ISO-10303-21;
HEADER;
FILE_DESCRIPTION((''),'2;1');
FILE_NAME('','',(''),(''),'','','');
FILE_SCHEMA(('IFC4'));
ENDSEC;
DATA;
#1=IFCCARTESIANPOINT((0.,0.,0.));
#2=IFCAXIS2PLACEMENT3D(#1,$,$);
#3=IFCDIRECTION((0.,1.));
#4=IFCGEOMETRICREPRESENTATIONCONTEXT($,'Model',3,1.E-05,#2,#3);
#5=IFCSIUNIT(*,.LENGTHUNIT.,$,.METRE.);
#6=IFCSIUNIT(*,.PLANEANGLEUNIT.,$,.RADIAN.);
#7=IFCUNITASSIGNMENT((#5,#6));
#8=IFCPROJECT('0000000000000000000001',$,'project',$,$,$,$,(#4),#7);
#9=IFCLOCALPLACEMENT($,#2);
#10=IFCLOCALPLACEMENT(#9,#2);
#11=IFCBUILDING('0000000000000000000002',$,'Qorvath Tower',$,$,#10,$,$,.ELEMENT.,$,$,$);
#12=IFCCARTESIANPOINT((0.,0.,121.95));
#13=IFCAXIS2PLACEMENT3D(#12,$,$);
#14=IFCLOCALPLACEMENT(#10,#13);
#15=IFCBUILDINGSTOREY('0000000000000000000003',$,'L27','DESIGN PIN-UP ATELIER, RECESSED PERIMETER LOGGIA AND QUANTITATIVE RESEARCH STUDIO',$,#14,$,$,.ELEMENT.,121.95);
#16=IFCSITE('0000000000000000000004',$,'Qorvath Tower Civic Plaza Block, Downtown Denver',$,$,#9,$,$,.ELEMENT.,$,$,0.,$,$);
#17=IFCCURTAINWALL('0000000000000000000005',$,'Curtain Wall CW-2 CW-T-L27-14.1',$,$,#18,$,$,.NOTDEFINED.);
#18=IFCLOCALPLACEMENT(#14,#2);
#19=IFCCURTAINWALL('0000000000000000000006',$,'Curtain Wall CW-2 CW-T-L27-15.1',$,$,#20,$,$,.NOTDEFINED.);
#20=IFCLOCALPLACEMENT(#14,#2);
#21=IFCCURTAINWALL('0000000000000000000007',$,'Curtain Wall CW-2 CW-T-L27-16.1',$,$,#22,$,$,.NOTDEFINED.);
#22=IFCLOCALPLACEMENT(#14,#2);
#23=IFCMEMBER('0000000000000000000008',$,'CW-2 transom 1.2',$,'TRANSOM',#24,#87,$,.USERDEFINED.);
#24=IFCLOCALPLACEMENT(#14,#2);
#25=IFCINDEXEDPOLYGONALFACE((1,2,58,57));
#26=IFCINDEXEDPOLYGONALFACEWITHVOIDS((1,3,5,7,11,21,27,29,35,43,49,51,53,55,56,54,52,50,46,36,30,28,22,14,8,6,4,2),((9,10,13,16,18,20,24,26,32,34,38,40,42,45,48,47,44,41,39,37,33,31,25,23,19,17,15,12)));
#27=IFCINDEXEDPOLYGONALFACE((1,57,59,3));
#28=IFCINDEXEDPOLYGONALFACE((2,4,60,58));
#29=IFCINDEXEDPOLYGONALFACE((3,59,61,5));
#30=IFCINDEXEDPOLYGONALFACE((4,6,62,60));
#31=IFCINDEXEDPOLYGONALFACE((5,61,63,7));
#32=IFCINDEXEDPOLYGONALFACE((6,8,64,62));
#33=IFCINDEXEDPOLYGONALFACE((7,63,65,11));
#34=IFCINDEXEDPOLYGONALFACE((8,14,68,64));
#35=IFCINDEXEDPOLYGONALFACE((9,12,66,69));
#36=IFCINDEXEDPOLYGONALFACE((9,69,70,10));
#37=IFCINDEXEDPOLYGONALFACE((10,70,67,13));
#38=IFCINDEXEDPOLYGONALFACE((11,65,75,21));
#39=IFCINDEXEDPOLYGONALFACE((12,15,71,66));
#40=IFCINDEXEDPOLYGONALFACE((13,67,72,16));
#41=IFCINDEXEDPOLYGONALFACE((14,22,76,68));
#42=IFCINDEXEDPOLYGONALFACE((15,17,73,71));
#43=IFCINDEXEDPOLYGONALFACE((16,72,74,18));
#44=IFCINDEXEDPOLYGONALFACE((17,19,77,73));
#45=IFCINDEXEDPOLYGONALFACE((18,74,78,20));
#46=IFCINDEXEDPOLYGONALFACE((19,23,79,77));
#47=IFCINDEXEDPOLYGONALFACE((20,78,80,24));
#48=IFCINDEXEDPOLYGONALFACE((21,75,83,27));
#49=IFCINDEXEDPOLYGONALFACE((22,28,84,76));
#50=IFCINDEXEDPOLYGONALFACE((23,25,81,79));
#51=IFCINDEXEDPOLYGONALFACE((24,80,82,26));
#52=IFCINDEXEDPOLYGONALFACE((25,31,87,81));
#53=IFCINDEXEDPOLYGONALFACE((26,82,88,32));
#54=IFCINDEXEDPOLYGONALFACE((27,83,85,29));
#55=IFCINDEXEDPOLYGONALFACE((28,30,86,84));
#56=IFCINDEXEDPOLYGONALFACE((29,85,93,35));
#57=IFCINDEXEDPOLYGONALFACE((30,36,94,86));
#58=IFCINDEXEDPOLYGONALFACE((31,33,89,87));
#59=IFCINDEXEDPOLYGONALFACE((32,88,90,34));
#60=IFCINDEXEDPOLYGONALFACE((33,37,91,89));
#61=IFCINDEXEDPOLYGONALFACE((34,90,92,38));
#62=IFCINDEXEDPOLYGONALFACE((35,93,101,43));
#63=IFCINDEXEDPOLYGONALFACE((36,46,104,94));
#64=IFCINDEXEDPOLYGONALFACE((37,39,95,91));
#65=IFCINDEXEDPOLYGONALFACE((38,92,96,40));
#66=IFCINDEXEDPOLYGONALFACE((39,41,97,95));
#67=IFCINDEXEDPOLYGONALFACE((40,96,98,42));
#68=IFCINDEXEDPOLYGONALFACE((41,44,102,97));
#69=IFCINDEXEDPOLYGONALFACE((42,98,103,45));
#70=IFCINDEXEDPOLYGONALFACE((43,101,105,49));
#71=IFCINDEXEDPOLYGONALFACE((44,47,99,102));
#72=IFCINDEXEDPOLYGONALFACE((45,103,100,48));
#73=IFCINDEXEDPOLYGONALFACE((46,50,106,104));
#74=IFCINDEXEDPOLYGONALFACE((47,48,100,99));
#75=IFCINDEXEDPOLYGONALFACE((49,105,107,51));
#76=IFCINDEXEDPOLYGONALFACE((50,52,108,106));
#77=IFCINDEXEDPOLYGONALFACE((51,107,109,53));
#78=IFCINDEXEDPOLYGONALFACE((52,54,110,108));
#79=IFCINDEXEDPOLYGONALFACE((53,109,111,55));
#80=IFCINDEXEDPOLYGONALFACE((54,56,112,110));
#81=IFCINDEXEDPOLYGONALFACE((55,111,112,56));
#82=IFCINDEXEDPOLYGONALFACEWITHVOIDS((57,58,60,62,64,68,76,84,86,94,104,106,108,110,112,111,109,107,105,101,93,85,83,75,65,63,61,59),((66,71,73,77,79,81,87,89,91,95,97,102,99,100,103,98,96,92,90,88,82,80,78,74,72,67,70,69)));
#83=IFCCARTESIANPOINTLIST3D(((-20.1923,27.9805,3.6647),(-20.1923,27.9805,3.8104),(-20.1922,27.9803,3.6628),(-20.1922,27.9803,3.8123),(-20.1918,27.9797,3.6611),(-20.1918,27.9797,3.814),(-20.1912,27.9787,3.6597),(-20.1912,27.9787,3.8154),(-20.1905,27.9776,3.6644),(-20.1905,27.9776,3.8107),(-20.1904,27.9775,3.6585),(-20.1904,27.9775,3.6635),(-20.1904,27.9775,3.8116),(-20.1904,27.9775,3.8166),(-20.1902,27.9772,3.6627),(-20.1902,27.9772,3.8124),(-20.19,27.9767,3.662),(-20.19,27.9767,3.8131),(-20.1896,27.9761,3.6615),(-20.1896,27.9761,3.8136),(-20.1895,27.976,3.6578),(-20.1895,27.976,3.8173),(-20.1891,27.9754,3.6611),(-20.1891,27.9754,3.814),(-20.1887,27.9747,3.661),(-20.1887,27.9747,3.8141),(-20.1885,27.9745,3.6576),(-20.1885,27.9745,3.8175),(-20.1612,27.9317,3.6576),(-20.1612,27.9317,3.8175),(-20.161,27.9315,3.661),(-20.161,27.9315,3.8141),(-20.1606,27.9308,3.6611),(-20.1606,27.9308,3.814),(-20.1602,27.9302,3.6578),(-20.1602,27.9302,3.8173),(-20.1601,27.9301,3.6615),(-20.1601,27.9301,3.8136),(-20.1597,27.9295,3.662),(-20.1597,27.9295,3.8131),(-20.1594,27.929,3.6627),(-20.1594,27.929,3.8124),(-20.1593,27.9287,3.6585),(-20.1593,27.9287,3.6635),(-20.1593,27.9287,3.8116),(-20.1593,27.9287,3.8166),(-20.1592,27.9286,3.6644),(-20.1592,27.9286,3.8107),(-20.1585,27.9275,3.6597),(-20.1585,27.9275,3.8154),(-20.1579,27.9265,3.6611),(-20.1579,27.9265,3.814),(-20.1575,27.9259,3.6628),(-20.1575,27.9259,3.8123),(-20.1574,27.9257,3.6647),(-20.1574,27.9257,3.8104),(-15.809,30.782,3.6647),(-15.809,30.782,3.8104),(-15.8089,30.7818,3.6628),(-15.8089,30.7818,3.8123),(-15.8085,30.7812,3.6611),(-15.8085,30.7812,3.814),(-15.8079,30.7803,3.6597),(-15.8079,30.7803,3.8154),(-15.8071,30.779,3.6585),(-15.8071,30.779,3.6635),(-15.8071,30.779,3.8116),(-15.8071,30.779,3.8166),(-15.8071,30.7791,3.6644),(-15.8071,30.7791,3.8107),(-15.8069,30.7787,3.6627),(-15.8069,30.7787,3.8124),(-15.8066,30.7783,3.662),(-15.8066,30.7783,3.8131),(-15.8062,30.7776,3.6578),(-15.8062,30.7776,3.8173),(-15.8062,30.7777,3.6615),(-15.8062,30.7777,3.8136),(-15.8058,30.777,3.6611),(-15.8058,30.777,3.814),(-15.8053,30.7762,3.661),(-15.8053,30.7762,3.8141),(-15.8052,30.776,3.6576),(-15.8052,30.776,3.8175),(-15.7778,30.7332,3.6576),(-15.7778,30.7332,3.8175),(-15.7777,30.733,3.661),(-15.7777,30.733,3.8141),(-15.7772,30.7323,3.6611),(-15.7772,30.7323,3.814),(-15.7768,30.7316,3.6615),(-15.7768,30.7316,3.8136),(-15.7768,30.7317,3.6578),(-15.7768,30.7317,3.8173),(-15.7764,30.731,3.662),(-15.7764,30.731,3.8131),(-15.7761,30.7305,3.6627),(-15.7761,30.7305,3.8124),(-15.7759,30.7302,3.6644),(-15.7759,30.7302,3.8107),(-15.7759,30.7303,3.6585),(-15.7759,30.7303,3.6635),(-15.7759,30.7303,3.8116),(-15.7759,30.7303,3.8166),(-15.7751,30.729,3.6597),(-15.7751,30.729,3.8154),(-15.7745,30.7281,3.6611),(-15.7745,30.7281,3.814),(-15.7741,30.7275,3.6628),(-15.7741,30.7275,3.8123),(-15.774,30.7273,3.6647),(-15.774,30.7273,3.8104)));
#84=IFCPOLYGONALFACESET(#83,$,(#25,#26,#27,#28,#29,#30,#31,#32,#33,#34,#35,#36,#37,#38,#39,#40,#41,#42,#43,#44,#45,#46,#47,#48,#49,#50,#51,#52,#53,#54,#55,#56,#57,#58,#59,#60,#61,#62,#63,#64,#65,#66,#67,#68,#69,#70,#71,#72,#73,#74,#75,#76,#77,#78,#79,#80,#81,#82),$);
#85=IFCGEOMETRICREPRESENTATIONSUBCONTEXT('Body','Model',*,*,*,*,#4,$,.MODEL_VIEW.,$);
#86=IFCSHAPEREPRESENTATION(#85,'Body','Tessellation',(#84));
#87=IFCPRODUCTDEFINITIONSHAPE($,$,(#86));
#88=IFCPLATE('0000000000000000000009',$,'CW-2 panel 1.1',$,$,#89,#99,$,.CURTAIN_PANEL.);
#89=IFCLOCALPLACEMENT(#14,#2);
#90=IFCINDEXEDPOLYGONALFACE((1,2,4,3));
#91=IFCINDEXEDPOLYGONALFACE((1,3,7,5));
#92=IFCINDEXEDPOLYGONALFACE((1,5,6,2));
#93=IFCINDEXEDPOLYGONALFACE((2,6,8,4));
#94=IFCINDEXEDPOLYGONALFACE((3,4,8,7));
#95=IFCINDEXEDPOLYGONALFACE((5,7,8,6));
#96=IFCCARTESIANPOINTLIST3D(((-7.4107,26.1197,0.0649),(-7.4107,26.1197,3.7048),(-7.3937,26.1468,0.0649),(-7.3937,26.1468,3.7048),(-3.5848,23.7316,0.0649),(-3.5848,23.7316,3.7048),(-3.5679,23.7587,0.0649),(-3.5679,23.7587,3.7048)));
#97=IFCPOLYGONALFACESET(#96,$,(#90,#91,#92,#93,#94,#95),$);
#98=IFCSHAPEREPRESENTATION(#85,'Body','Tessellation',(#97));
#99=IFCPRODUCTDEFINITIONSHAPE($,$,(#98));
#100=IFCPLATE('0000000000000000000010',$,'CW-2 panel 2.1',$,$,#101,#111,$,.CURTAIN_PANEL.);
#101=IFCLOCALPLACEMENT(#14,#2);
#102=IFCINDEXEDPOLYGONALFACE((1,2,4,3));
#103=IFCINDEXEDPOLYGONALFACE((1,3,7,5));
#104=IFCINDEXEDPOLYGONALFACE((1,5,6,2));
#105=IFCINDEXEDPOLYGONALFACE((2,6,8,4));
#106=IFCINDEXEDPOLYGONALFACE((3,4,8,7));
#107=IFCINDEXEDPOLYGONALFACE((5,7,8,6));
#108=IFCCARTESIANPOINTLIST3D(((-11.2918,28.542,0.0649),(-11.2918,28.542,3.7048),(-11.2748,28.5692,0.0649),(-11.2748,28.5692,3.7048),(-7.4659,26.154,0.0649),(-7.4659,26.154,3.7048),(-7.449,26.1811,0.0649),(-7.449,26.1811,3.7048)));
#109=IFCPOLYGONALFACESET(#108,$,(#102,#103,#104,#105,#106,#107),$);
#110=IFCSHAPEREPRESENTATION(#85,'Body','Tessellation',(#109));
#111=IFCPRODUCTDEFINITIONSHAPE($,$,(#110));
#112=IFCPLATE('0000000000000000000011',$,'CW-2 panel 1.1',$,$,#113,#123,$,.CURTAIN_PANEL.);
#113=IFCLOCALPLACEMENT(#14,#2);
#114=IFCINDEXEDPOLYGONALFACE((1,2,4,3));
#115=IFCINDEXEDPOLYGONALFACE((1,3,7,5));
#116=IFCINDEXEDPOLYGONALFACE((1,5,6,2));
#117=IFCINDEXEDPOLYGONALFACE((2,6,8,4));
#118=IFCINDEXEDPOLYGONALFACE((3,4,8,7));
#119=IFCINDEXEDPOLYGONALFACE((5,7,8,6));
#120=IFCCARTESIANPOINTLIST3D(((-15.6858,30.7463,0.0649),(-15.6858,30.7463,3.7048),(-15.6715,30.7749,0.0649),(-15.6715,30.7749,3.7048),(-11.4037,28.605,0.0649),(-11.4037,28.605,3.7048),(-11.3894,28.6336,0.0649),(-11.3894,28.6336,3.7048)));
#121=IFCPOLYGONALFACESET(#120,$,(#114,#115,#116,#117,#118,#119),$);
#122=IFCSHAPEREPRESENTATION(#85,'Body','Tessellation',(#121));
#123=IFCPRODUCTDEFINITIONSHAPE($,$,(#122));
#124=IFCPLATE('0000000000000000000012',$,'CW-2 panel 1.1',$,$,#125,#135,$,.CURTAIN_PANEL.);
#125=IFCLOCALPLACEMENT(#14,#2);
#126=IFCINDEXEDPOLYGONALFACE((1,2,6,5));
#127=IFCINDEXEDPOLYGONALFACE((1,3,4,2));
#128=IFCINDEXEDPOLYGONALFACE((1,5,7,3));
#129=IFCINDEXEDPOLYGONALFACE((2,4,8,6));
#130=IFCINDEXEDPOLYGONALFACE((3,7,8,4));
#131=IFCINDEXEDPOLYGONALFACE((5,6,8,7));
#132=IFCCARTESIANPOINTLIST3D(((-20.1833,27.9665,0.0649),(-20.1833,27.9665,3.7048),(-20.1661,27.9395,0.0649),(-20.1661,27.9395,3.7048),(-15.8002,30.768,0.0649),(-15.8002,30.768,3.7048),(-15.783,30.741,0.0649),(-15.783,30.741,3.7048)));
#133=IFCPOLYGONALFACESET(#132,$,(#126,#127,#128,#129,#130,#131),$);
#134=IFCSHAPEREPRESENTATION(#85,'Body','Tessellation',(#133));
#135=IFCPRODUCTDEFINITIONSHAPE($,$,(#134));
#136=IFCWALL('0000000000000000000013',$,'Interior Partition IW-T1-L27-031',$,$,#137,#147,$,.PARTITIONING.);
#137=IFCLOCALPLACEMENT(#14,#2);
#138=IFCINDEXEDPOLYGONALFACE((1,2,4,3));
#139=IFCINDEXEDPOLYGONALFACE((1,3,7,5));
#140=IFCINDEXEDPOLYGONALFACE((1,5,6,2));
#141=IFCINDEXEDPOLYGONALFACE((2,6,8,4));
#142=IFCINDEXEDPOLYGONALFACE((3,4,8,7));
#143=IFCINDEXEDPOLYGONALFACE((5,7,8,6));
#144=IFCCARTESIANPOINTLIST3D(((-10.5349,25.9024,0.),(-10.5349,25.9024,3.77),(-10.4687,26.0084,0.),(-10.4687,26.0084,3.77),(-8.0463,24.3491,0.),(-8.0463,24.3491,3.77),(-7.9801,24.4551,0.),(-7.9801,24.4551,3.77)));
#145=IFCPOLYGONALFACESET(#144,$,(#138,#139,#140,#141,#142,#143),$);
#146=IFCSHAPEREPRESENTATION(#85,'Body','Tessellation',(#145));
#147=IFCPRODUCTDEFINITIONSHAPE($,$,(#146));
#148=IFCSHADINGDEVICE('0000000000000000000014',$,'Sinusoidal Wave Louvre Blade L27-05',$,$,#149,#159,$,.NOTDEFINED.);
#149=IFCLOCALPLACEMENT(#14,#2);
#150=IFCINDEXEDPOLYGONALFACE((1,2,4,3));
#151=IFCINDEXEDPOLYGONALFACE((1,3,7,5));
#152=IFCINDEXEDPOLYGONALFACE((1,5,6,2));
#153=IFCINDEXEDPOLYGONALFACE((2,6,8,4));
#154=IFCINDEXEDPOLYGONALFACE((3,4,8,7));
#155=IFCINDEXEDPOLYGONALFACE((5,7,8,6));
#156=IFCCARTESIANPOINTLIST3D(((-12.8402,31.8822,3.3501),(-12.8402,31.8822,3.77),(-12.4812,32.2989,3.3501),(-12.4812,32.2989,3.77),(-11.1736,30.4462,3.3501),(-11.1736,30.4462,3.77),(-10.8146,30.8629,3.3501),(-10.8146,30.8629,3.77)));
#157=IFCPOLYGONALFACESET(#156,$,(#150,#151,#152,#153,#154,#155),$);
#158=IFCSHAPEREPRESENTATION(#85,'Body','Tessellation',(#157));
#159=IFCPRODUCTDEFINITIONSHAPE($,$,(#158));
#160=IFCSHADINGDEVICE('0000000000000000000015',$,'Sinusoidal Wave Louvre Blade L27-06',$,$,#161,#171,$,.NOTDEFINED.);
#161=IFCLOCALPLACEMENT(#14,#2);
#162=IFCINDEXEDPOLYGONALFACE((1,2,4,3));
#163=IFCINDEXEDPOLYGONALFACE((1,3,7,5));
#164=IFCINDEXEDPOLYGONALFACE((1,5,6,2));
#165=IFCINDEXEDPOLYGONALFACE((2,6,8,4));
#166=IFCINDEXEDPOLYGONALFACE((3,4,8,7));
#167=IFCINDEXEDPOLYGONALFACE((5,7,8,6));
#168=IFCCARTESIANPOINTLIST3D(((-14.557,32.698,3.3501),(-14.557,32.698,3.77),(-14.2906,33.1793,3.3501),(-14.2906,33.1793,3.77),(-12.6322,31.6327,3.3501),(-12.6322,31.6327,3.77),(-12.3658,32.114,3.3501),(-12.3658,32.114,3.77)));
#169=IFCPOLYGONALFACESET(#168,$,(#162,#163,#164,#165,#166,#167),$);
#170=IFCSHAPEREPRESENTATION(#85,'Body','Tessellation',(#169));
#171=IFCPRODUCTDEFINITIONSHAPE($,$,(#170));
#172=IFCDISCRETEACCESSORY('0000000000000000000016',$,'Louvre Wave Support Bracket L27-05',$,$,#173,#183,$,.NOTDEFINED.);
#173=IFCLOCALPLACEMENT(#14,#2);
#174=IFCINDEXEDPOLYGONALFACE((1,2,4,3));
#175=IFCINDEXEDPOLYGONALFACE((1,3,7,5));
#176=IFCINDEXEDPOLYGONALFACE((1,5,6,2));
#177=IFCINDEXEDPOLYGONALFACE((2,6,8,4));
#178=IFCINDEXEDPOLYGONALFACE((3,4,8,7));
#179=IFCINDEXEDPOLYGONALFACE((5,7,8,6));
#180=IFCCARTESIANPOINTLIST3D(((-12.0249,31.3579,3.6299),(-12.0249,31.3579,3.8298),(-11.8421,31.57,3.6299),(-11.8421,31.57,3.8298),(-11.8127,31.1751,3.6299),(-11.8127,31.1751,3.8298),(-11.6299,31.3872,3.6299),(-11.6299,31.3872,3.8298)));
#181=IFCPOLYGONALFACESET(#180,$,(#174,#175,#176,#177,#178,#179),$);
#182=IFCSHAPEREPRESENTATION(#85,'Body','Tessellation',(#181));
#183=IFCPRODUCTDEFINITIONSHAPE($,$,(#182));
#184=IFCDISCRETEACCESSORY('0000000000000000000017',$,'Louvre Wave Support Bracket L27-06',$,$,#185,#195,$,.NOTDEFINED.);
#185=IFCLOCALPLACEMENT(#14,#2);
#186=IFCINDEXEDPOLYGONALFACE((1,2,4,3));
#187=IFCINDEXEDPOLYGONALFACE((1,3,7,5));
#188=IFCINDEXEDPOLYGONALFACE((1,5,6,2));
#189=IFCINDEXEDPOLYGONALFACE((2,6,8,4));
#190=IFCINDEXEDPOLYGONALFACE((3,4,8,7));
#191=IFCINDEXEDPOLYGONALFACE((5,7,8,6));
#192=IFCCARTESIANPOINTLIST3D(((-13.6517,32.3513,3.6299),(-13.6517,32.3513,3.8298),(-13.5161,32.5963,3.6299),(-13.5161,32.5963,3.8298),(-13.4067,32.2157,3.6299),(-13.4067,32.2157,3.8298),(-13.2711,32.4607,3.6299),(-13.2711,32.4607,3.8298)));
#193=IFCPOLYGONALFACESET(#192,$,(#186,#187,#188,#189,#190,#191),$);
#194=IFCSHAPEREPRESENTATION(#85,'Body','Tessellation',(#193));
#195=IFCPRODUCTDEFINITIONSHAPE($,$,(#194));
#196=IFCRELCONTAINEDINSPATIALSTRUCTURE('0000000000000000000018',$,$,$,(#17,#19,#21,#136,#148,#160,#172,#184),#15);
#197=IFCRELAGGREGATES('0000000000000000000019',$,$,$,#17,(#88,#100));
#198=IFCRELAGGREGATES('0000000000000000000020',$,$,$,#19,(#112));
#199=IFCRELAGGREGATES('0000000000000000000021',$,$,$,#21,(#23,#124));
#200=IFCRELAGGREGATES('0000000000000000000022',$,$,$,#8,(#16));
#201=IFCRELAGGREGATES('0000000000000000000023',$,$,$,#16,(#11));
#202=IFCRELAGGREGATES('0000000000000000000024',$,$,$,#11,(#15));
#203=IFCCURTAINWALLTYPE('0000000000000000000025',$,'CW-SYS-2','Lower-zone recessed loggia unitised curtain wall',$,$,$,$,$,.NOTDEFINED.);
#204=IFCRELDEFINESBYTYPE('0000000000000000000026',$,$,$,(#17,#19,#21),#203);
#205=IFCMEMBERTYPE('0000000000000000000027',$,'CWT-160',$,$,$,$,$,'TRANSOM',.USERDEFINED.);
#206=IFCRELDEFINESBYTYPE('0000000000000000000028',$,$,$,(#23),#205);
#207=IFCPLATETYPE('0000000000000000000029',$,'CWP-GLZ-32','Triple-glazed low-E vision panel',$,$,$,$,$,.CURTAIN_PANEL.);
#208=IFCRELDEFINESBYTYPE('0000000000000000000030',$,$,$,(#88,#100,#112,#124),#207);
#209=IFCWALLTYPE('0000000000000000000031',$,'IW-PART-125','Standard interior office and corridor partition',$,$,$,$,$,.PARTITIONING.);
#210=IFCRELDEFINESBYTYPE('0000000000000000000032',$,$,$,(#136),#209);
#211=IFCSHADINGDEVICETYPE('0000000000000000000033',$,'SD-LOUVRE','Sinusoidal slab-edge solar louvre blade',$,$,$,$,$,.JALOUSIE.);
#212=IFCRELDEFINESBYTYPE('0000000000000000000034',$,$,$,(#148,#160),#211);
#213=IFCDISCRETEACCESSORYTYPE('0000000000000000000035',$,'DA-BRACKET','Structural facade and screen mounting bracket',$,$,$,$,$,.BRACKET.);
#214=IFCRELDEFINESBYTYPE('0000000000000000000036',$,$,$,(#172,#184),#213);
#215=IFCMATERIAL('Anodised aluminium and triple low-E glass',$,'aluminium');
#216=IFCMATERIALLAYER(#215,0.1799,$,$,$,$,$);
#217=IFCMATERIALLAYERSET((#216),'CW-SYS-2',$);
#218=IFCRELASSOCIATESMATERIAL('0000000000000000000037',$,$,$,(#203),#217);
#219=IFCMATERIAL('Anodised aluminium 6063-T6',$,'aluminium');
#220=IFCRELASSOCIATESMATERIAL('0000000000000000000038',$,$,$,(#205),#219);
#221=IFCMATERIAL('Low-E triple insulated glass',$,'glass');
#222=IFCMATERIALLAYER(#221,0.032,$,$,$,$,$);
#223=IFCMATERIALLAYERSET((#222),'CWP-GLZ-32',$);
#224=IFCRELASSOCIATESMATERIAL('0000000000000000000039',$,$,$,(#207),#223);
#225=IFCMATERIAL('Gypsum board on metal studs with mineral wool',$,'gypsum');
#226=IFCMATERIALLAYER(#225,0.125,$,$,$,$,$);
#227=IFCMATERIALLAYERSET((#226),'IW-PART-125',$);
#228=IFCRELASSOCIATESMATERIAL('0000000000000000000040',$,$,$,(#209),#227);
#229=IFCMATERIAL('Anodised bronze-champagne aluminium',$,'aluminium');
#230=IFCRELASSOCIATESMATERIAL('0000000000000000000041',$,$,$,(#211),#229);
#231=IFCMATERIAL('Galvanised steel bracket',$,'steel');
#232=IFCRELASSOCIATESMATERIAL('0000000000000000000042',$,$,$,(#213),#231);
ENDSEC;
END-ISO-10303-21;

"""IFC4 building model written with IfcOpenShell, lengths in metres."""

from ifc_helpers import new_model, si_unit, direction, frame, frame_2d, origin, origin_2d, place, context, subcontext, project, spatial, rectangle, hollow_rectangle, extrude, material, layer, layer_set, material_profile, profile_set, type_object, element, aggregate, save


model = new_model("IFC4")

# Units and contexts
model_context = context("Model", 3, precision=1e-05, world=origin(), true_north=direction((0.0, 1.0)))
body_context = subcontext(model_context, "Body", "Model", "MODEL_VIEW")
ifc_project = project(units=[si_unit("LENGTHUNIT", "METRE"), si_unit("PLANEANGLEUNIT", "RADIAN")], contexts=[model_context])

# Site, building, storey
site_placement = place(None, origin())
site = spatial("IfcSite", under=ifc_project, at=site_placement, Name="Qorvath Tower Civic Plaza Block, Downtown Denver", CompositionType="ELEMENT", RefElevation=0.0)
building_placement = place(site_placement, origin())
building = spatial("IfcBuilding", under=site, at=building_placement, Name="Qorvath Tower", CompositionType="ELEMENT")
storey_placement = place(building_placement, frame((0.0, 0.0, 121.95)))
storey = spatial("IfcBuildingStorey", under=building, at=storey_placement, Name="L27", Description="DESIGN PIN-UP ATELIER, RECESSED PERIMETER LOGGIA AND QUANTITATIVE RESEARCH STUDIO", CompositionType="ELEMENT", Elevation=121.95)

# Shared definitions
ifc_material_1 = material(Name="Anodised aluminium and triple low-E glass", Category="aluminium")
ifc_layer_1 = layer(ifc_material_1, 0.1799)
ifc_layer_set_1 = layer_set([ifc_layer_1], Name="CW-SYS-2")
curtain_wall_type = type_object("IfcCurtainWallType", Name="CW-SYS-2", Description="Lower-zone recessed loggia unitised curtain wall", PredefinedType="NOTDEFINED", material=ifc_layer_set_1)

# Curtain walls
curtain_wall_1_placement = place(storey_placement, origin())
curtain_wall_1 = element("IfcCurtainWall", 1, at=curtain_wall_1_placement, inside=storey, type_object=curtain_wall_type, Name="Curtain Wall CW-2 CW-T-L27-14.1", PredefinedType="NOTDEFINED")
curtain_wall_2_placement = place(storey_placement, origin())
curtain_wall_2 = element("IfcCurtainWall", 2, at=curtain_wall_2_placement, inside=storey, type_object=curtain_wall_type, Name="Curtain Wall CW-2 CW-T-L27-15.1", PredefinedType="NOTDEFINED")

# Curtain wall
curtain_wall_3_placement = place(storey_placement, origin())
curtain_wall_3 = element("IfcCurtainWall", 3, at=curtain_wall_3_placement, inside=storey, type_object=curtain_wall_type, Name="Curtain Wall CW-2 CW-T-L27-16.1", PredefinedType="NOTDEFINED")

# Member
ifc_material_2 = material(Name="Anodised aluminium 6063-T6", Category="aluminium")
ifc_material_profile_1 = material_profile(ifc_material_2, hollow_rectangle(XDim=0.0649, YDim=0.1599, WallThickness=0.0034, InnerFilletRadius=0.0034, OuterFilletRadius=0.0071, at=origin_2d()), Name="CWT 160x65")
ifc_profile_set_1 = profile_set([ifc_material_profile_1], Name="Anodised aluminium 6063-T6")
member_type_1 = type_object("IfcMemberType", Name="CWT-160", ElementType="TRANSOM", PredefinedType="USERDEFINED", material=ifc_profile_set_1)
member_1_placement = place(storey_placement, frame((-15.7915, 30.7546, 3.7375), z_axis=(-0.842603, -0.538536, 0.0), x_axis=(0.538536, -0.842603, 0.0)))
member_1 = element("IfcMember", 4, at=member_1_placement, type_object=member_type_1, Name="CW-2 transom 1.2", ObjectType="TRANSOM", PredefinedType="USERDEFINED", context=body_context, shape_type="SweptSolid", body=[
    extrude(hollow_rectangle(XDim=0.0649, YDim=0.1599, WallThickness=0.0034, InnerFilletRadius=0.0034, OuterFilletRadius=0.0071, at=origin_2d()), origin(), (0.0, 0.0, 1.0), 5.2021),
])

# Plates
ifc_material_3 = material(Name="Low-E triple insulated glass", Category="glass")
ifc_layer_2 = layer(ifc_material_3, 0.032)
ifc_layer_set_2 = layer_set([ifc_layer_2], Name="CWP-GLZ-32")
plate_type = type_object("IfcPlateType", Name="CWP-GLZ-32", Description="Triple-glazed low-E vision panel", PredefinedType="CURTAIN_PANEL", material=ifc_layer_set_2)
plate_1_placement = place(storey_placement, frame((-5.4893, 24.9392, 0.0649), z_axis=(0.0, 0.0, 1.0), x_axis=(-0.848308, 0.529503, 0.0)))
plate_1 = element("IfcPlate", 5, at=plate_1_placement, type_object=plate_type, Name="CW-2 panel 1.1", PredefinedType="CURTAIN_PANEL", context=body_context, shape_type="SweptSolid", body=[
    extrude(rectangle(XDim=4.51, YDim=0.032, at=origin_2d()), origin(), (0.0, 0.0, 1.0), 3.6399),
])
plate_2_placement = place(storey_placement, frame((-9.3704, 27.3616, 0.0649), z_axis=(0.0, 0.0, 1.0), x_axis=(-0.848308, 0.529503, 0.0)))
plate_2 = element("IfcPlate", 6, at=plate_2_placement, type_object=plate_type, Name="CW-2 panel 2.1", PredefinedType="CURTAIN_PANEL", context=body_context, shape_type="SweptSolid", body=[
    extrude(rectangle(XDim=4.51, YDim=0.032, at=origin_2d()), origin(), (0.0, 0.0, 1.0), 3.6399),
])
aggregate(curtain_wall_1, [plate_1, plate_2])
plate_3_placement = place(storey_placement, frame((-13.5376, 29.6899, 0.0649), z_axis=(0.0, 0.0, 1.0), x_axis=(-0.894403, 0.447262, 0.0)))
plate_3 = element("IfcPlate", 7, at=plate_3_placement, type_object=plate_type, Name="CW-2 panel 1.1", PredefinedType="CURTAIN_PANEL", context=body_context, shape_type="SweptSolid", body=[
    extrude(rectangle(XDim=4.7876, YDim=0.032, at=origin_2d()), origin(), (0.0, 0.0, 1.0), 3.6399),
])
aggregate(curtain_wall_2, [plate_3])
plate_4_placement = place(storey_placement, frame((-17.9832, 29.3538, 0.0649), z_axis=(0.0, 0.0, 1.0), x_axis=(-0.842595, -0.538548, 0.0)))
plate_4 = element("IfcPlate", 8, at=plate_4_placement, type_object=plate_type, Name="CW-2 panel 1.1", PredefinedType="CURTAIN_PANEL", context=body_context, shape_type="SweptSolid", body=[
    extrude(rectangle(XDim=5.2019, YDim=0.032, at=origin_2d()), origin(), (0.0, 0.0, 1.0), 3.6399),
])
aggregate(curtain_wall_3, [member_1, plate_4])

# Wall
ifc_material_4 = material(Name="Gypsum board on metal studs with mineral wool", Category="gypsum")
ifc_layer_3 = layer(ifc_material_4, 0.125)
ifc_layer_set_3 = layer_set([ifc_layer_3], Name="IW-PART-125")
wall_type = type_object("IfcWallType", Name="IW-PART-125", Description="Standard interior office and corridor partition", PredefinedType="PARTITIONING", material=ifc_layer_set_3)
wall_placement = place(storey_placement, frame((-8.0132, 24.4021, 0.0), z_axis=(0.0, 0.0, 1.0), x_axis=(-0.848321, 0.529483, 0.0)))
element("IfcWall", 9, at=wall_placement, inside=storey, type_object=wall_type, Name="Interior Partition IW-T1-L27-031", PredefinedType="PARTITIONING", context=body_context, shape_type="SweptSolid", body=[
    extrude(rectangle(XDim=2.9336, YDim=0.125, at=frame_2d((1.4668, 0.0))), origin(), (0.0, 0.0, 1.0), 3.77),
])

# Shading devices
ifc_material_5 = material(Name="Anodised bronze-champagne aluminium", Category="aluminium")
shading_device_type = type_object("IfcShadingDeviceType", Name="SD-LOUVRE", Description="Sinusoidal slab-edge solar louvre blade", PredefinedType="JALOUSIE", material=ifc_material_5)
for number, where, z_axis, x_axis, name in (
    (10, (-11.8274, 31.3726, 3.3501), (0.0, 0.0, 1.0), (-0.757554, 0.652773, 0.0), "Sinusoidal Wave Louvre Blade L27-05"),
    (11, (-13.4614, 32.406, 3.3501), (0.0, 0.0, 1.0), (-0.874929, 0.484251, 0.0), "Sinusoidal Wave Louvre Blade L27-06"),
):
    element("IfcShadingDevice", number, at=place(storey_placement, frame(where, z_axis=z_axis, x_axis=x_axis)), inside=storey, type_object=shading_device_type, Name=name, PredefinedType="NOTDEFINED", context=body_context, shape_type="SweptSolid", body=[
        extrude(rectangle(XDim=2.2, YDim=0.55, at=origin_2d()), origin(), (0.0, 0.0, 1.0), 0.4199),
    ])

# Discrete accessories
ifc_material_6 = material(Name="Galvanised steel bracket", Category="steel")
discrete_accessory_type = type_object("IfcDiscreteAccessoryType", Name="DA-BRACKET", Description="Structural facade and screen mounting bracket", PredefinedType="BRACKET", material=ifc_material_6)
for number, where, z_axis, x_axis, name in (
    (12, (-11.8274, 31.3726, 3.6299), (0.0, 0.0, 1.0), (-0.757554, 0.652773, 0.0), "Louvre Wave Support Bracket L27-05"),
    (13, (-13.4614, 32.406, 3.6299), (0.0, 0.0, 1.0), (-0.874929, 0.484251, 0.0), "Louvre Wave Support Bracket L27-06"),
):
    element("IfcDiscreteAccessory", number, at=place(storey_placement, frame(where, z_axis=z_axis, x_axis=x_axis)), inside=storey, type_object=discrete_accessory_type, Name=name, PredefinedType="NOTDEFINED", context=body_context, shape_type="SweptSolid", body=[
        extrude(rectangle(XDim=0.28, YDim=0.28, at=origin_2d()), origin(), (0.0, 0.0, 1.0), 0.2),
    ])

save(model, "model.ifc")
